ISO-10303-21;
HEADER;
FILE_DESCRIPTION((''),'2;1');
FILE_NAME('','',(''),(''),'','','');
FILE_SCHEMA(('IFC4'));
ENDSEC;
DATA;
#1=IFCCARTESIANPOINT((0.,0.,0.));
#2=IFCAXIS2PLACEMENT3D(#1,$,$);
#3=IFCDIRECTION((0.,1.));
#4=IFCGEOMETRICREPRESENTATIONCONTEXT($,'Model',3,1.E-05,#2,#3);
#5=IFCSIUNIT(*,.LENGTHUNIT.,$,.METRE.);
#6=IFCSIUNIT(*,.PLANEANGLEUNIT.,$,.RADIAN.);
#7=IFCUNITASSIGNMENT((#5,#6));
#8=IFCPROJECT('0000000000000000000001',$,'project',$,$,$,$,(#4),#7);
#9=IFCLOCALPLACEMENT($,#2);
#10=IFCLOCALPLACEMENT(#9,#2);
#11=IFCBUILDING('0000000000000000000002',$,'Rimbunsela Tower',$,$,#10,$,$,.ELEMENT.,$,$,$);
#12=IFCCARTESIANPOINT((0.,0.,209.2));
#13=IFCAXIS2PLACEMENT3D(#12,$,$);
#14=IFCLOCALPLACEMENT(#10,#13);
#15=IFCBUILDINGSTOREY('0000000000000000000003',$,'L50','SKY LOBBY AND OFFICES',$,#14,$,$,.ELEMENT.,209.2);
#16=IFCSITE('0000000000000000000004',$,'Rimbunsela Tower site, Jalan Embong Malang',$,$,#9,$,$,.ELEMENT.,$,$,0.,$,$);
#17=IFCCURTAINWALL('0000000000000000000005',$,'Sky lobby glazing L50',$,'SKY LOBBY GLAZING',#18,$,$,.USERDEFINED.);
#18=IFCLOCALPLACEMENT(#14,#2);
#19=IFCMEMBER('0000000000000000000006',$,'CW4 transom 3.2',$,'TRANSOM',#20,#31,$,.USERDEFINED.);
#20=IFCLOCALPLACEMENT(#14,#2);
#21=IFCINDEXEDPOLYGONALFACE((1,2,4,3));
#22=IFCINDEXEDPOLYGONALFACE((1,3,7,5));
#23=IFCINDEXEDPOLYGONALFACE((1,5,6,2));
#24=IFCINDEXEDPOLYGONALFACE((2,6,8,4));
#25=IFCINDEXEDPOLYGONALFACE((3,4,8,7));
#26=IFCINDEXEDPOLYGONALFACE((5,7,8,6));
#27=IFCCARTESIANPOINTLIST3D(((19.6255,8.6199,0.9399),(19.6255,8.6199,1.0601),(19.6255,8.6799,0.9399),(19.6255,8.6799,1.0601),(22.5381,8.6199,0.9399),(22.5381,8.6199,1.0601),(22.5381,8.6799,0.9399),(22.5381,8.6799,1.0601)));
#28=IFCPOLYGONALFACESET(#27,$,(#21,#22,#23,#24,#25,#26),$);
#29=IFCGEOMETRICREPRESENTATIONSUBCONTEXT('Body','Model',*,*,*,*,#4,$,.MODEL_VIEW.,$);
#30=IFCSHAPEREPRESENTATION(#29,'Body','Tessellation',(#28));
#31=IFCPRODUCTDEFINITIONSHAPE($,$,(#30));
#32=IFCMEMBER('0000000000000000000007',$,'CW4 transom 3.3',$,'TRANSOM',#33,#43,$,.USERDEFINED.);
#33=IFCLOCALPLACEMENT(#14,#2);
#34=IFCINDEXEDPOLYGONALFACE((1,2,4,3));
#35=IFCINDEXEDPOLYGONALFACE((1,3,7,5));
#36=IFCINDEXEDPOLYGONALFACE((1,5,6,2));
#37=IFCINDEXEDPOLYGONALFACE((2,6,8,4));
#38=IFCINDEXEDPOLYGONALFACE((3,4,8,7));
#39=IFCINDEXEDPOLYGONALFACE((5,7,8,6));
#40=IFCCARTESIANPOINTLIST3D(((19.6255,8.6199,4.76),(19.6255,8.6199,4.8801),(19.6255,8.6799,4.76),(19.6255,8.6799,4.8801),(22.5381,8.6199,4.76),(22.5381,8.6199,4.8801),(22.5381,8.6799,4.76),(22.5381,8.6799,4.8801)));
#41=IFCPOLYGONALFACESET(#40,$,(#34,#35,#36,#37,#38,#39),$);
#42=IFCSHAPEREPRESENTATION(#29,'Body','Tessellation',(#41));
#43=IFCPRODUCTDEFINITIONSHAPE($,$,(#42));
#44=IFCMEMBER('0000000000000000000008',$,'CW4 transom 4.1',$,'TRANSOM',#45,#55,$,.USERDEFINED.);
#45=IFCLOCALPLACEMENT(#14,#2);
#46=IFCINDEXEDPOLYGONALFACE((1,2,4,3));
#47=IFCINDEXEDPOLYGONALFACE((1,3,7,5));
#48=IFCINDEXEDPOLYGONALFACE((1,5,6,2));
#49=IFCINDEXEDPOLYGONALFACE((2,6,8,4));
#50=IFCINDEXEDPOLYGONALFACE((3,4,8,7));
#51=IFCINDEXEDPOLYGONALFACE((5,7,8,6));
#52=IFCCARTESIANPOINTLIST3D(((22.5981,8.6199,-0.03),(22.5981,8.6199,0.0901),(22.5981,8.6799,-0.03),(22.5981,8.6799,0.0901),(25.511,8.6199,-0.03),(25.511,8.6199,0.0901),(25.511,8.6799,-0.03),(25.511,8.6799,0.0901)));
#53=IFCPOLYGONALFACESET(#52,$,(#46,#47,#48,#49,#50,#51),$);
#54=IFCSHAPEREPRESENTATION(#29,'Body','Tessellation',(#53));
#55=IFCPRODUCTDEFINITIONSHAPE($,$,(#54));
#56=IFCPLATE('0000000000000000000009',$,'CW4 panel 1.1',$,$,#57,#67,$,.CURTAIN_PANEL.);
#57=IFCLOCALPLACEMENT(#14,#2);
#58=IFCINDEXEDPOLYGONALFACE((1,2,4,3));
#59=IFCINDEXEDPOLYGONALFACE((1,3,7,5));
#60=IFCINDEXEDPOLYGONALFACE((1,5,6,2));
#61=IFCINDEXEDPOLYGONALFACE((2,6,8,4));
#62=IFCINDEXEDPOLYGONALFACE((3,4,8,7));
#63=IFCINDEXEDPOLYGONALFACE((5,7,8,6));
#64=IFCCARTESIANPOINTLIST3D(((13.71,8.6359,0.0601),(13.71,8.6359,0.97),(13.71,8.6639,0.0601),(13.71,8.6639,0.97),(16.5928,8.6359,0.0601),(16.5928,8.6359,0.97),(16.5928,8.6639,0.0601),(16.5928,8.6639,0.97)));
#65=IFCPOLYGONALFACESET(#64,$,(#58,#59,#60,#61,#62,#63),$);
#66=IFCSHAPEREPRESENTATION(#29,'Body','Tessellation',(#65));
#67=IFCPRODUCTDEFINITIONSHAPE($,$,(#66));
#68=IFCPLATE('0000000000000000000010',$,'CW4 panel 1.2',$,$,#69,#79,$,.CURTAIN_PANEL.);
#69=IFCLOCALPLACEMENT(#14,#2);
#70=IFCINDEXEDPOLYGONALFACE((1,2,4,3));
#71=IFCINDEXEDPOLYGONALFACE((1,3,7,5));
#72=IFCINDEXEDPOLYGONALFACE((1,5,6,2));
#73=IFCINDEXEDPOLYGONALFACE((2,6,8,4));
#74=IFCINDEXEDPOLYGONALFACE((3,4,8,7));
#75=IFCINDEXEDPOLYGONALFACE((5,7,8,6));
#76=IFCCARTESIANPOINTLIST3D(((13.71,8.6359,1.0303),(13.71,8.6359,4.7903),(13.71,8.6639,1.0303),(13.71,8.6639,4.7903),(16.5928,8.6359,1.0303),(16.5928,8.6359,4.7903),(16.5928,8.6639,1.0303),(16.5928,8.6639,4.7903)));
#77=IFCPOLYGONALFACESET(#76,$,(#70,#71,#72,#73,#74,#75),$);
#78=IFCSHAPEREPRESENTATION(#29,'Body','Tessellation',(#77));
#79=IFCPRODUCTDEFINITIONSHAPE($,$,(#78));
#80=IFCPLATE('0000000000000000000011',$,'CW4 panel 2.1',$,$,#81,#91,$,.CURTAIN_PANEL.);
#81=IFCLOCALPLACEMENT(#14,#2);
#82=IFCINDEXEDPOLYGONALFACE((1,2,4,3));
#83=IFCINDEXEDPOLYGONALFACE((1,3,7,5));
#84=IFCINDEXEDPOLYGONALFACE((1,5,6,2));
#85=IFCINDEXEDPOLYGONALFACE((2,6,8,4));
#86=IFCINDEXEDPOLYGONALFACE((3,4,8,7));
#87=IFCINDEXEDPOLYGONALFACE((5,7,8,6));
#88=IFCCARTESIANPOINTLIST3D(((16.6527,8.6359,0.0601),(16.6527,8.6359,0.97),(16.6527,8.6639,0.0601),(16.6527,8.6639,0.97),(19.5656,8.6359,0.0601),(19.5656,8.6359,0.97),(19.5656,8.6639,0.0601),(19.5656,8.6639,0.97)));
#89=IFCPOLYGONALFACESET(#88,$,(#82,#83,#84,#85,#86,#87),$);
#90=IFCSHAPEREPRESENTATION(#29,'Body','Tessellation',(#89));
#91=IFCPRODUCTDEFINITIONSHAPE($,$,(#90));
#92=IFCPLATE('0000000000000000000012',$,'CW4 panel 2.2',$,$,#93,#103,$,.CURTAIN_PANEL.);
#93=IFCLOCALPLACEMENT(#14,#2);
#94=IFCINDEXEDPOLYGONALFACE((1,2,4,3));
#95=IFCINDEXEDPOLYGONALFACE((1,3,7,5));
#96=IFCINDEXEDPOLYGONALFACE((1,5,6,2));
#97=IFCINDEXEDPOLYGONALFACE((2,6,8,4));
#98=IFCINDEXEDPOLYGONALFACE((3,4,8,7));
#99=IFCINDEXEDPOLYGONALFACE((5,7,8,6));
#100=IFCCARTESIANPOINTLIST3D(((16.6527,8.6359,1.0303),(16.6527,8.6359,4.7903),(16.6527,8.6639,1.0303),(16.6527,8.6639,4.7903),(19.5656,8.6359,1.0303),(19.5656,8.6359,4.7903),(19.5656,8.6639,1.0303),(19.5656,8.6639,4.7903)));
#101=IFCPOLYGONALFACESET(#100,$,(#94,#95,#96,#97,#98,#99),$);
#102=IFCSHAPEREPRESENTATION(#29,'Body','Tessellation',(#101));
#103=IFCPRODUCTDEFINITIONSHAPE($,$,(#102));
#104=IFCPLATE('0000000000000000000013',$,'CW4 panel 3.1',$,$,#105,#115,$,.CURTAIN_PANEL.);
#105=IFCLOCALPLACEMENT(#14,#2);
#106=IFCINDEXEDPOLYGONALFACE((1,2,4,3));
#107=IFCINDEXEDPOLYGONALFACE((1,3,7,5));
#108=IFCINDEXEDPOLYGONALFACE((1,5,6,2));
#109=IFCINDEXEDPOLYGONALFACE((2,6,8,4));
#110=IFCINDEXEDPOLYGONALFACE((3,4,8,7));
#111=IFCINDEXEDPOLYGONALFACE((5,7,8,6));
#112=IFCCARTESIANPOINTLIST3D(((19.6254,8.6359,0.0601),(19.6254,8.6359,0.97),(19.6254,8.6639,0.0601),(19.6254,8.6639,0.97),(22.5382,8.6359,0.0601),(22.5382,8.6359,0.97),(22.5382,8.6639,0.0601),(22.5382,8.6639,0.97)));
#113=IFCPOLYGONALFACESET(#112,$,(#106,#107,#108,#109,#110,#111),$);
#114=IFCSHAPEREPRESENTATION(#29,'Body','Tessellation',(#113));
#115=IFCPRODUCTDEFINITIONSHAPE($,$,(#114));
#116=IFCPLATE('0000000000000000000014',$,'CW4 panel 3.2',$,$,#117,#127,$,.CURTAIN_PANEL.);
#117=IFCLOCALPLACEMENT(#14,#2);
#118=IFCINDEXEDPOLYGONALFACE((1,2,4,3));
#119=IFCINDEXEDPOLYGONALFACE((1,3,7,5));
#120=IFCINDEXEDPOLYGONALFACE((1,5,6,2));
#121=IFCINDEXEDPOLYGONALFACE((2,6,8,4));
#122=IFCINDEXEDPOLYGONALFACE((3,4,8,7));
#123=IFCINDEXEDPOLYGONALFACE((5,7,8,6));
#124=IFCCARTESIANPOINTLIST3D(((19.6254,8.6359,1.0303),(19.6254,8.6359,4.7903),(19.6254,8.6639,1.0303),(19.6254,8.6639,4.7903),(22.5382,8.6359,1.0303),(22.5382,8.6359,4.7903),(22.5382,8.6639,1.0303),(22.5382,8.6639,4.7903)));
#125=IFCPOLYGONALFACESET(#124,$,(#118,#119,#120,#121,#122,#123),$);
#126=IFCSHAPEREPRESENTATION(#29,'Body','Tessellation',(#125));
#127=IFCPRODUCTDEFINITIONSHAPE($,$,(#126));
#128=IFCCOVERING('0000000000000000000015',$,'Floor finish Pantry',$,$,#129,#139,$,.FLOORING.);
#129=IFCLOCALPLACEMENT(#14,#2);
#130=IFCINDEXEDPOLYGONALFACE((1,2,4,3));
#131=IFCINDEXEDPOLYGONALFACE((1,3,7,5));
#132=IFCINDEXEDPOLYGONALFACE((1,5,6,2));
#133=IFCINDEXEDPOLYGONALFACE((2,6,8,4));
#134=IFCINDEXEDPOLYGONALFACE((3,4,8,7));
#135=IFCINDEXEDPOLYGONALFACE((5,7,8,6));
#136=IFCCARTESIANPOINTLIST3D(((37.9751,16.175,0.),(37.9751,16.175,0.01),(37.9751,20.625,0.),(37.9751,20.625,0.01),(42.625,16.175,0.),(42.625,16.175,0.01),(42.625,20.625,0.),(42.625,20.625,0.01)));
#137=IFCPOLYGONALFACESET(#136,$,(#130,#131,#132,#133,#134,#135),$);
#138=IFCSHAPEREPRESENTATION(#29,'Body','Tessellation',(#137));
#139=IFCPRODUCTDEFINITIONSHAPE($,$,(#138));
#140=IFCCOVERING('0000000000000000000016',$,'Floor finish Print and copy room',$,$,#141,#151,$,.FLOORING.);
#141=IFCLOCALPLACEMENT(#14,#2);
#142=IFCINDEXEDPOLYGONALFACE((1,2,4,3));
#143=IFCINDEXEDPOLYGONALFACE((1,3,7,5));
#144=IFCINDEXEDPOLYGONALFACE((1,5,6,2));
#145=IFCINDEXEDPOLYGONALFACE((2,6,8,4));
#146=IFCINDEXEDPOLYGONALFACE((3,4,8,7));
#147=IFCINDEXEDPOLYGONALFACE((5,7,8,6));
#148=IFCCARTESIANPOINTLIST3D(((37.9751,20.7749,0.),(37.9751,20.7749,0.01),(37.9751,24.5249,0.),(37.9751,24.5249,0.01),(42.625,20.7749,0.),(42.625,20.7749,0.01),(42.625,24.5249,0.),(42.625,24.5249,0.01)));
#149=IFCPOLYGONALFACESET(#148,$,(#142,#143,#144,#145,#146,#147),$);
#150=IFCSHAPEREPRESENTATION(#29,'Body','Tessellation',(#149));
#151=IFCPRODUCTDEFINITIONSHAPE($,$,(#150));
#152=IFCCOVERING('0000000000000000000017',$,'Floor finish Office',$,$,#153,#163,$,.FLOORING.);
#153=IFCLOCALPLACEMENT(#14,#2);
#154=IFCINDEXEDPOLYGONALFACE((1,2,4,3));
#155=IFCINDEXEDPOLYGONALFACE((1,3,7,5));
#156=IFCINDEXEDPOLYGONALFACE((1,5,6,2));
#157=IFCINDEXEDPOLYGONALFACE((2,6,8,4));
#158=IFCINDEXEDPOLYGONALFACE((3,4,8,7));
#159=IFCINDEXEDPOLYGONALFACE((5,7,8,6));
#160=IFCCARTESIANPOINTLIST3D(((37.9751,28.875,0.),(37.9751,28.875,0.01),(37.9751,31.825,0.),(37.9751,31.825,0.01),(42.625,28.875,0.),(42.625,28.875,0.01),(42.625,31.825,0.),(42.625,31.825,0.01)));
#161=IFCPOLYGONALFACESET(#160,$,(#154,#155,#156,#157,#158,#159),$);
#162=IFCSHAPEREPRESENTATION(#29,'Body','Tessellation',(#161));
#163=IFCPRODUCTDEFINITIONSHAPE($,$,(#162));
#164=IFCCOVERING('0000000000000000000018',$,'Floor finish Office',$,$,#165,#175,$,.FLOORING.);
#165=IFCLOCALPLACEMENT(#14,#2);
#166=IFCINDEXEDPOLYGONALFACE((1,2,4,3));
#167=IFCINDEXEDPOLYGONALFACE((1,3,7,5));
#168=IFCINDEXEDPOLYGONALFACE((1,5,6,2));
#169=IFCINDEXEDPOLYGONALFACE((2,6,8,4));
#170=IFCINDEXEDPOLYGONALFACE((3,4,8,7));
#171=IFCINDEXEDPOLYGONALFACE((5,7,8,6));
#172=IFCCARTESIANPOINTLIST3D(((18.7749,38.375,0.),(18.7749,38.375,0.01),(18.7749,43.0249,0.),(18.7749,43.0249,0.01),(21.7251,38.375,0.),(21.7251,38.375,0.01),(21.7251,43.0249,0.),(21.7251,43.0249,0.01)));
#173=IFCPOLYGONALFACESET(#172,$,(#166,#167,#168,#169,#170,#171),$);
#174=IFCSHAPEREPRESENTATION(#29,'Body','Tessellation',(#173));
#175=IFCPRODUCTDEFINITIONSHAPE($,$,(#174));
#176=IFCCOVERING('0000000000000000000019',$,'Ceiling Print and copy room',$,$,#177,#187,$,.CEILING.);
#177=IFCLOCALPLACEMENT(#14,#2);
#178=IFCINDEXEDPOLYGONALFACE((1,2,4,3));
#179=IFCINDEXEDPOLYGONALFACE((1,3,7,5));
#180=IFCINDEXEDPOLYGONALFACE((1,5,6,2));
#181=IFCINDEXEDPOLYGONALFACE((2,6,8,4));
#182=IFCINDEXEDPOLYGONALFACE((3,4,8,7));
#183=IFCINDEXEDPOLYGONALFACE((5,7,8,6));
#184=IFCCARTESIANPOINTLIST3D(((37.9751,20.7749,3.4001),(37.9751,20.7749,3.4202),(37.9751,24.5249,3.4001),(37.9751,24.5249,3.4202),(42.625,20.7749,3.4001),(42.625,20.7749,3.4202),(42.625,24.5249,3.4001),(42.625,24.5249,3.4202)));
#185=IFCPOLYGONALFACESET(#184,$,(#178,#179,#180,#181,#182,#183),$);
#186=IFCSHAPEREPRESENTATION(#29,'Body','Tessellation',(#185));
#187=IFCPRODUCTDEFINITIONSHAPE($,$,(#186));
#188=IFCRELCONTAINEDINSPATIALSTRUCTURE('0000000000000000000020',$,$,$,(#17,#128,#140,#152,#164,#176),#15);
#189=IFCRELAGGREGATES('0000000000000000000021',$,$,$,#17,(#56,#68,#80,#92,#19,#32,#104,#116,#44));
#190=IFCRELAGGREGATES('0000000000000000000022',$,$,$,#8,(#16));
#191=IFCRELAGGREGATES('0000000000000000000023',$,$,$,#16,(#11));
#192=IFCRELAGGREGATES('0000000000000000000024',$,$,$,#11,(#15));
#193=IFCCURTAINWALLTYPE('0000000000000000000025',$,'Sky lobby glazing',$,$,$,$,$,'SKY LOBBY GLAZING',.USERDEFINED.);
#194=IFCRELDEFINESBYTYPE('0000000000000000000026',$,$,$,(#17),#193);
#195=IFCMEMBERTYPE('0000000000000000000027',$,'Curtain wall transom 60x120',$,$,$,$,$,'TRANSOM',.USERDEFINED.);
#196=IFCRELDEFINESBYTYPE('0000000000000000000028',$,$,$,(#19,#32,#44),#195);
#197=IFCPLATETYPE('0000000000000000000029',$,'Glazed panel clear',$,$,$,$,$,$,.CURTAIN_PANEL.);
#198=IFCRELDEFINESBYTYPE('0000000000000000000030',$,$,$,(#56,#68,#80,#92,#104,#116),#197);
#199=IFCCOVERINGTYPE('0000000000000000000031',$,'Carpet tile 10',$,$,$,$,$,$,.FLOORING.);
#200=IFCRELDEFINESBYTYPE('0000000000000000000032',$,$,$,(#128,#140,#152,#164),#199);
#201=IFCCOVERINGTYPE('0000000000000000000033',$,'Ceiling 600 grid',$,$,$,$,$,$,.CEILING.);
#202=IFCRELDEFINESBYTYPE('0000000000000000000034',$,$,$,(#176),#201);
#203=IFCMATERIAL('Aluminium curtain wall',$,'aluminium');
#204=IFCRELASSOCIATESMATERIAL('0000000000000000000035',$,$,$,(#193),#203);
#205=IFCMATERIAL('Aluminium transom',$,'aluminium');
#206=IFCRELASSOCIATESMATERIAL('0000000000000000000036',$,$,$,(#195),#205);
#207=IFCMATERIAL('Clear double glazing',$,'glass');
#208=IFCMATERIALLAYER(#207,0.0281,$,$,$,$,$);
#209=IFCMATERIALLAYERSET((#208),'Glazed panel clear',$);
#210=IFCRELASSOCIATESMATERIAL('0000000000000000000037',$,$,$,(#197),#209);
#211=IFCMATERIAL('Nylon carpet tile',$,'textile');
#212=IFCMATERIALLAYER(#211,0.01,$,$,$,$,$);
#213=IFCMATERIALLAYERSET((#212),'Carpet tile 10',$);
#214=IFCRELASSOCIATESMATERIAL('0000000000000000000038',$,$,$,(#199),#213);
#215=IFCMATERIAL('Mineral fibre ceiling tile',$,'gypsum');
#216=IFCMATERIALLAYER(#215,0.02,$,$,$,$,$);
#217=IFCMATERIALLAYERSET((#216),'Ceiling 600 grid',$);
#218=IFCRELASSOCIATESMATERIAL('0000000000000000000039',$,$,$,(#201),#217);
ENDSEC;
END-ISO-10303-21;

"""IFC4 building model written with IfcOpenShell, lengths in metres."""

from ifc_helpers import new_model, si_unit, direction, frame, origin, origin_2d, place, context, subcontext, project, spatial, polyline, rectangle, outline, extrude, material, layer, layer_set, material_profile, profile_set, type_object, element, aggregate, save


model = new_model("IFC4")

# Units and contexts
model_context = context("Model", 3, precision=1e-05, world=origin(), true_north=direction((0.0, 1.0)))
body_context = subcontext(model_context, "Body", "Model", "MODEL_VIEW")
ifc_project = project(units=[si_unit("LENGTHUNIT", "METRE"), si_unit("PLANEANGLEUNIT", "RADIAN")], contexts=[model_context])

# Site, building, storey
site_placement = place(None, origin())
site = spatial("IfcSite", under=ifc_project, at=site_placement, Name="Rimbunsela Tower site, Jalan Embong Malang", CompositionType="ELEMENT", RefElevation=0.0)
building_placement = place(site_placement, origin())
building = spatial("IfcBuilding", under=site, at=building_placement, Name="Rimbunsela Tower", CompositionType="ELEMENT")
storey_placement = place(building_placement, frame((0.0, 0.0, 209.2)))
storey = spatial("IfcBuildingStorey", under=building, at=storey_placement, Name="L50", Description="SKY LOBBY AND OFFICES", CompositionType="ELEMENT", Elevation=209.2)

# Curtain wall, members, plates
ifc_material_1 = material(Name="Aluminium curtain wall", Category="aluminium")
curtain_wall_type = type_object("IfcCurtainWallType", Name="Sky lobby glazing", ElementType="SKY LOBBY GLAZING", PredefinedType="USERDEFINED", material=ifc_material_1)
curtain_wall_placement = place(storey_placement, origin())
curtain_wall = element("IfcCurtainWall", 1, at=curtain_wall_placement, inside=storey, type_object=curtain_wall_type, Name="Sky lobby glazing L50", ObjectType="SKY LOBBY GLAZING", PredefinedType="USERDEFINED")
ifc_material_2 = material(Name="Aluminium transom", Category="aluminium")
ifc_material_profile_1 = material_profile(ifc_material_2, rectangle(XDim=0.0601, YDim=0.1201, at=origin_2d()), Name="Transom 60x120")
ifc_profile_set_1 = profile_set([ifc_material_profile_1], Name="Aluminium transom")
member_type_1 = type_object("IfcMemberType", Name="Curtain wall transom 60x120", ElementType="TRANSOM", PredefinedType="USERDEFINED", material=ifc_profile_set_1)
member_1_placement = place(storey_placement, frame((19.6255, 8.6499, 1.0), z_axis=(1.0, 0.0, 0.0), x_axis=(0.0, 1.0, 0.0)))
member_1 = element("IfcMember", 2, at=member_1_placement, type_object=member_type_1, Name="CW4 transom 3.2", ObjectType="TRANSOM", PredefinedType="USERDEFINED", context=body_context, shape_type="SweptSolid", body=[
    extrude(rectangle(XDim=0.0601, YDim=0.1201, at=origin_2d()), origin(), (0.0, 0.0, 1.0), 2.9126),
])
member_2_placement = place(storey_placement, frame((19.6255, 8.6499, 4.8201), z_axis=(1.0, 0.0, 0.0), x_axis=(0.0, 1.0, 0.0)))
member_2 = element("IfcMember", 3, at=member_2_placement, type_object=member_type_1, Name="CW4 transom 3.3", ObjectType="TRANSOM", PredefinedType="USERDEFINED", context=body_context, shape_type="SweptSolid", body=[
    extrude(rectangle(XDim=0.0601, YDim=0.1201, at=origin_2d()), origin(), (0.0, 0.0, 1.0), 2.9126),
])
member_3_placement = place(storey_placement, frame((22.5981, 8.6499, 0.03), z_axis=(1.0, 0.0, 0.0), x_axis=(0.0, 1.0, 0.0)))
member_3 = element("IfcMember", 4, at=member_3_placement, type_object=member_type_1, Name="CW4 transom 4.1", ObjectType="TRANSOM", PredefinedType="USERDEFINED", context=body_context, shape_type="SweptSolid", body=[
    extrude(rectangle(XDim=0.0601, YDim=0.1201, at=origin_2d()), origin(), (0.0, 0.0, 1.0), 2.9128),
])
ifc_material_3 = material(Name="Clear double glazing", Category="glass")
ifc_layer_1 = layer(ifc_material_3, 0.0281)
ifc_layer_set_1 = layer_set([ifc_layer_1], Name="Glazed panel clear")
plate_type = type_object("IfcPlateType", Name="Glazed panel clear", PredefinedType="CURTAIN_PANEL", material=ifc_layer_set_1)
plate_1_placement = place(storey_placement, frame((15.1514, 8.6499, 0.0601), z_axis=(0.0, 0.0, 1.0), x_axis=(1.0, 0.0, 0.0)))
plate_1 = element("IfcPlate", 5, at=plate_1_placement, type_object=plate_type, Name="CW4 panel 1.1", PredefinedType="CURTAIN_PANEL", context=body_context, shape_type="SweptSolid", body=[
    extrude(rectangle(XDim=2.8828, YDim=0.0281, at=origin_2d()), origin(), (0.0, 0.0, 1.0), 0.9099),
])
plate_2_placement = place(storey_placement, frame((15.1514, 8.6499, 1.0303), z_axis=(0.0, 0.0, 1.0), x_axis=(1.0, 0.0, 0.0)))
plate_2 = element("IfcPlate", 6, at=plate_2_placement, type_object=plate_type, Name="CW4 panel 1.2", PredefinedType="CURTAIN_PANEL", context=body_context, shape_type="SweptSolid", body=[
    extrude(rectangle(XDim=2.8828, YDim=0.0281, at=origin_2d()), origin(), (0.0, 0.0, 1.0), 3.76),
])
plate_3_placement = place(storey_placement, frame((18.1091, 8.6499, 0.0601), z_axis=(0.0, 0.0, 1.0), x_axis=(1.0, 0.0, 0.0)))
plate_3 = element("IfcPlate", 7, at=plate_3_placement, type_object=plate_type, Name="CW4 panel 2.1", PredefinedType="CURTAIN_PANEL", context=body_context, shape_type="SweptSolid", body=[
    extrude(rectangle(XDim=2.9128, YDim=0.0281, at=origin_2d()), origin(), (0.0, 0.0, 1.0), 0.9099),
])
plate_4_placement = place(storey_placement, frame((18.1091, 8.6499, 1.0303), z_axis=(0.0, 0.0, 1.0), x_axis=(1.0, 0.0, 0.0)))
plate_4 = element("IfcPlate", 8, at=plate_4_placement, type_object=plate_type, Name="CW4 panel 2.2", PredefinedType="CURTAIN_PANEL", context=body_context, shape_type="SweptSolid", body=[
    extrude(rectangle(XDim=2.9128, YDim=0.0281, at=origin_2d()), origin(), (0.0, 0.0, 1.0), 3.76),
])
plate_5_placement = place(storey_placement, frame((21.0818, 8.6499, 0.0601), z_axis=(0.0, 0.0, 1.0), x_axis=(1.0, 0.0, 0.0)))
plate_5 = element("IfcPlate", 9, at=plate_5_placement, type_object=plate_type, Name="CW4 panel 3.1", PredefinedType="CURTAIN_PANEL", context=body_context, shape_type="SweptSolid", body=[
    extrude(rectangle(XDim=2.9128, YDim=0.0281, at=origin_2d()), origin(), (0.0, 0.0, 1.0), 0.9099),
])
plate_6_placement = place(storey_placement, frame((21.0818, 8.6499, 1.0303), z_axis=(0.0, 0.0, 1.0), x_axis=(1.0, 0.0, 0.0)))
plate_6 = element("IfcPlate", 10, at=plate_6_placement, type_object=plate_type, Name="CW4 panel 3.2", PredefinedType="CURTAIN_PANEL", context=body_context, shape_type="SweptSolid", body=[
    extrude(rectangle(XDim=2.9128, YDim=0.0281, at=origin_2d()), origin(), (0.0, 0.0, 1.0), 3.76),
])
aggregate(curtain_wall, [plate_1, plate_2, plate_3, plate_4, member_1, member_2, plate_5, plate_6, member_3])

# Coverings
ifc_material_4 = material(Name="Nylon carpet tile", Category="textile")
ifc_layer_2 = layer(ifc_material_4, 0.01)
ifc_layer_set_2 = layer_set([ifc_layer_2], Name="Carpet tile 10")
covering_type_1 = type_object("IfcCoveringType", Name="Carpet tile 10", PredefinedType="FLOORING", material=ifc_layer_set_2)
covering_1_placement = place(storey_placement, origin())
element("IfcCovering", 11, at=covering_1_placement, inside=storey, type_object=covering_type_1, Name="Floor finish Pantry", PredefinedType="FLOORING", context=body_context, shape_type="SweptSolid", body=[
    extrude(outline(polyline([(42.625, 16.175), (42.625, 20.625), (37.9751, 20.625), (37.9751, 16.175), (42.625, 16.175)])), origin(), (0.0, 0.0, 1.0), 0.01),
])
covering_2_placement = place(storey_placement, origin())
element("IfcCovering", 12, at=covering_2_placement, inside=storey, type_object=covering_type_1, Name="Floor finish Print and copy room", PredefinedType="FLOORING", context=body_context, shape_type="SweptSolid", body=[
    extrude(outline(polyline([(42.625, 20.7749), (42.625, 24.5249), (37.9751, 24.5249), (37.9751, 20.7749), (42.625, 20.7749)])), origin(), (0.0, 0.0, 1.0), 0.01),
])
covering_3_placement = place(storey_placement, origin())
element("IfcCovering", 13, at=covering_3_placement, inside=storey, type_object=covering_type_1, Name="Floor finish Office", PredefinedType="FLOORING", context=body_context, shape_type="SweptSolid", body=[
    extrude(outline(polyline([(42.625, 28.875), (42.625, 31.825), (37.9751, 31.825), (37.9751, 28.875), (42.625, 28.875)])), origin(), (0.0, 0.0, 1.0), 0.01),
])
covering_4_placement = place(storey_placement, origin())
element("IfcCovering", 14, at=covering_4_placement, inside=storey, type_object=covering_type_1, Name="Floor finish Office", PredefinedType="FLOORING", context=body_context, shape_type="SweptSolid", body=[
    extrude(outline(polyline([(21.7251, 38.375), (21.7251, 43.0249), (18.7749, 43.0249), (18.7749, 38.375), (21.7251, 38.375)])), origin(), (0.0, 0.0, 1.0), 0.01),
])
ifc_material_5 = material(Name="Mineral fibre ceiling tile", Category="gypsum")
ifc_layer_3 = layer(ifc_material_5, 0.02)
ifc_layer_set_3 = layer_set([ifc_layer_3], Name="Ceiling 600 grid")
covering_type_2 = type_object("IfcCoveringType", Name="Ceiling 600 grid", PredefinedType="CEILING", material=ifc_layer_set_3)
covering_5_placement = place(storey_placement, frame((0.0, 0.0, 3.4001)))
element("IfcCovering", 15, at=covering_5_placement, inside=storey, type_object=covering_type_2, Name="Ceiling Print and copy room", PredefinedType="CEILING", context=body_context, shape_type="SweptSolid", body=[
    extrude(outline(polyline([(42.625, 20.7749), (42.625, 24.5249), (37.9751, 24.5249), (37.9751, 20.7749), (42.625, 20.7749)])), origin(), (0.0, 0.0, 1.0), 0.02),
])

save(model, "model.ifc")
